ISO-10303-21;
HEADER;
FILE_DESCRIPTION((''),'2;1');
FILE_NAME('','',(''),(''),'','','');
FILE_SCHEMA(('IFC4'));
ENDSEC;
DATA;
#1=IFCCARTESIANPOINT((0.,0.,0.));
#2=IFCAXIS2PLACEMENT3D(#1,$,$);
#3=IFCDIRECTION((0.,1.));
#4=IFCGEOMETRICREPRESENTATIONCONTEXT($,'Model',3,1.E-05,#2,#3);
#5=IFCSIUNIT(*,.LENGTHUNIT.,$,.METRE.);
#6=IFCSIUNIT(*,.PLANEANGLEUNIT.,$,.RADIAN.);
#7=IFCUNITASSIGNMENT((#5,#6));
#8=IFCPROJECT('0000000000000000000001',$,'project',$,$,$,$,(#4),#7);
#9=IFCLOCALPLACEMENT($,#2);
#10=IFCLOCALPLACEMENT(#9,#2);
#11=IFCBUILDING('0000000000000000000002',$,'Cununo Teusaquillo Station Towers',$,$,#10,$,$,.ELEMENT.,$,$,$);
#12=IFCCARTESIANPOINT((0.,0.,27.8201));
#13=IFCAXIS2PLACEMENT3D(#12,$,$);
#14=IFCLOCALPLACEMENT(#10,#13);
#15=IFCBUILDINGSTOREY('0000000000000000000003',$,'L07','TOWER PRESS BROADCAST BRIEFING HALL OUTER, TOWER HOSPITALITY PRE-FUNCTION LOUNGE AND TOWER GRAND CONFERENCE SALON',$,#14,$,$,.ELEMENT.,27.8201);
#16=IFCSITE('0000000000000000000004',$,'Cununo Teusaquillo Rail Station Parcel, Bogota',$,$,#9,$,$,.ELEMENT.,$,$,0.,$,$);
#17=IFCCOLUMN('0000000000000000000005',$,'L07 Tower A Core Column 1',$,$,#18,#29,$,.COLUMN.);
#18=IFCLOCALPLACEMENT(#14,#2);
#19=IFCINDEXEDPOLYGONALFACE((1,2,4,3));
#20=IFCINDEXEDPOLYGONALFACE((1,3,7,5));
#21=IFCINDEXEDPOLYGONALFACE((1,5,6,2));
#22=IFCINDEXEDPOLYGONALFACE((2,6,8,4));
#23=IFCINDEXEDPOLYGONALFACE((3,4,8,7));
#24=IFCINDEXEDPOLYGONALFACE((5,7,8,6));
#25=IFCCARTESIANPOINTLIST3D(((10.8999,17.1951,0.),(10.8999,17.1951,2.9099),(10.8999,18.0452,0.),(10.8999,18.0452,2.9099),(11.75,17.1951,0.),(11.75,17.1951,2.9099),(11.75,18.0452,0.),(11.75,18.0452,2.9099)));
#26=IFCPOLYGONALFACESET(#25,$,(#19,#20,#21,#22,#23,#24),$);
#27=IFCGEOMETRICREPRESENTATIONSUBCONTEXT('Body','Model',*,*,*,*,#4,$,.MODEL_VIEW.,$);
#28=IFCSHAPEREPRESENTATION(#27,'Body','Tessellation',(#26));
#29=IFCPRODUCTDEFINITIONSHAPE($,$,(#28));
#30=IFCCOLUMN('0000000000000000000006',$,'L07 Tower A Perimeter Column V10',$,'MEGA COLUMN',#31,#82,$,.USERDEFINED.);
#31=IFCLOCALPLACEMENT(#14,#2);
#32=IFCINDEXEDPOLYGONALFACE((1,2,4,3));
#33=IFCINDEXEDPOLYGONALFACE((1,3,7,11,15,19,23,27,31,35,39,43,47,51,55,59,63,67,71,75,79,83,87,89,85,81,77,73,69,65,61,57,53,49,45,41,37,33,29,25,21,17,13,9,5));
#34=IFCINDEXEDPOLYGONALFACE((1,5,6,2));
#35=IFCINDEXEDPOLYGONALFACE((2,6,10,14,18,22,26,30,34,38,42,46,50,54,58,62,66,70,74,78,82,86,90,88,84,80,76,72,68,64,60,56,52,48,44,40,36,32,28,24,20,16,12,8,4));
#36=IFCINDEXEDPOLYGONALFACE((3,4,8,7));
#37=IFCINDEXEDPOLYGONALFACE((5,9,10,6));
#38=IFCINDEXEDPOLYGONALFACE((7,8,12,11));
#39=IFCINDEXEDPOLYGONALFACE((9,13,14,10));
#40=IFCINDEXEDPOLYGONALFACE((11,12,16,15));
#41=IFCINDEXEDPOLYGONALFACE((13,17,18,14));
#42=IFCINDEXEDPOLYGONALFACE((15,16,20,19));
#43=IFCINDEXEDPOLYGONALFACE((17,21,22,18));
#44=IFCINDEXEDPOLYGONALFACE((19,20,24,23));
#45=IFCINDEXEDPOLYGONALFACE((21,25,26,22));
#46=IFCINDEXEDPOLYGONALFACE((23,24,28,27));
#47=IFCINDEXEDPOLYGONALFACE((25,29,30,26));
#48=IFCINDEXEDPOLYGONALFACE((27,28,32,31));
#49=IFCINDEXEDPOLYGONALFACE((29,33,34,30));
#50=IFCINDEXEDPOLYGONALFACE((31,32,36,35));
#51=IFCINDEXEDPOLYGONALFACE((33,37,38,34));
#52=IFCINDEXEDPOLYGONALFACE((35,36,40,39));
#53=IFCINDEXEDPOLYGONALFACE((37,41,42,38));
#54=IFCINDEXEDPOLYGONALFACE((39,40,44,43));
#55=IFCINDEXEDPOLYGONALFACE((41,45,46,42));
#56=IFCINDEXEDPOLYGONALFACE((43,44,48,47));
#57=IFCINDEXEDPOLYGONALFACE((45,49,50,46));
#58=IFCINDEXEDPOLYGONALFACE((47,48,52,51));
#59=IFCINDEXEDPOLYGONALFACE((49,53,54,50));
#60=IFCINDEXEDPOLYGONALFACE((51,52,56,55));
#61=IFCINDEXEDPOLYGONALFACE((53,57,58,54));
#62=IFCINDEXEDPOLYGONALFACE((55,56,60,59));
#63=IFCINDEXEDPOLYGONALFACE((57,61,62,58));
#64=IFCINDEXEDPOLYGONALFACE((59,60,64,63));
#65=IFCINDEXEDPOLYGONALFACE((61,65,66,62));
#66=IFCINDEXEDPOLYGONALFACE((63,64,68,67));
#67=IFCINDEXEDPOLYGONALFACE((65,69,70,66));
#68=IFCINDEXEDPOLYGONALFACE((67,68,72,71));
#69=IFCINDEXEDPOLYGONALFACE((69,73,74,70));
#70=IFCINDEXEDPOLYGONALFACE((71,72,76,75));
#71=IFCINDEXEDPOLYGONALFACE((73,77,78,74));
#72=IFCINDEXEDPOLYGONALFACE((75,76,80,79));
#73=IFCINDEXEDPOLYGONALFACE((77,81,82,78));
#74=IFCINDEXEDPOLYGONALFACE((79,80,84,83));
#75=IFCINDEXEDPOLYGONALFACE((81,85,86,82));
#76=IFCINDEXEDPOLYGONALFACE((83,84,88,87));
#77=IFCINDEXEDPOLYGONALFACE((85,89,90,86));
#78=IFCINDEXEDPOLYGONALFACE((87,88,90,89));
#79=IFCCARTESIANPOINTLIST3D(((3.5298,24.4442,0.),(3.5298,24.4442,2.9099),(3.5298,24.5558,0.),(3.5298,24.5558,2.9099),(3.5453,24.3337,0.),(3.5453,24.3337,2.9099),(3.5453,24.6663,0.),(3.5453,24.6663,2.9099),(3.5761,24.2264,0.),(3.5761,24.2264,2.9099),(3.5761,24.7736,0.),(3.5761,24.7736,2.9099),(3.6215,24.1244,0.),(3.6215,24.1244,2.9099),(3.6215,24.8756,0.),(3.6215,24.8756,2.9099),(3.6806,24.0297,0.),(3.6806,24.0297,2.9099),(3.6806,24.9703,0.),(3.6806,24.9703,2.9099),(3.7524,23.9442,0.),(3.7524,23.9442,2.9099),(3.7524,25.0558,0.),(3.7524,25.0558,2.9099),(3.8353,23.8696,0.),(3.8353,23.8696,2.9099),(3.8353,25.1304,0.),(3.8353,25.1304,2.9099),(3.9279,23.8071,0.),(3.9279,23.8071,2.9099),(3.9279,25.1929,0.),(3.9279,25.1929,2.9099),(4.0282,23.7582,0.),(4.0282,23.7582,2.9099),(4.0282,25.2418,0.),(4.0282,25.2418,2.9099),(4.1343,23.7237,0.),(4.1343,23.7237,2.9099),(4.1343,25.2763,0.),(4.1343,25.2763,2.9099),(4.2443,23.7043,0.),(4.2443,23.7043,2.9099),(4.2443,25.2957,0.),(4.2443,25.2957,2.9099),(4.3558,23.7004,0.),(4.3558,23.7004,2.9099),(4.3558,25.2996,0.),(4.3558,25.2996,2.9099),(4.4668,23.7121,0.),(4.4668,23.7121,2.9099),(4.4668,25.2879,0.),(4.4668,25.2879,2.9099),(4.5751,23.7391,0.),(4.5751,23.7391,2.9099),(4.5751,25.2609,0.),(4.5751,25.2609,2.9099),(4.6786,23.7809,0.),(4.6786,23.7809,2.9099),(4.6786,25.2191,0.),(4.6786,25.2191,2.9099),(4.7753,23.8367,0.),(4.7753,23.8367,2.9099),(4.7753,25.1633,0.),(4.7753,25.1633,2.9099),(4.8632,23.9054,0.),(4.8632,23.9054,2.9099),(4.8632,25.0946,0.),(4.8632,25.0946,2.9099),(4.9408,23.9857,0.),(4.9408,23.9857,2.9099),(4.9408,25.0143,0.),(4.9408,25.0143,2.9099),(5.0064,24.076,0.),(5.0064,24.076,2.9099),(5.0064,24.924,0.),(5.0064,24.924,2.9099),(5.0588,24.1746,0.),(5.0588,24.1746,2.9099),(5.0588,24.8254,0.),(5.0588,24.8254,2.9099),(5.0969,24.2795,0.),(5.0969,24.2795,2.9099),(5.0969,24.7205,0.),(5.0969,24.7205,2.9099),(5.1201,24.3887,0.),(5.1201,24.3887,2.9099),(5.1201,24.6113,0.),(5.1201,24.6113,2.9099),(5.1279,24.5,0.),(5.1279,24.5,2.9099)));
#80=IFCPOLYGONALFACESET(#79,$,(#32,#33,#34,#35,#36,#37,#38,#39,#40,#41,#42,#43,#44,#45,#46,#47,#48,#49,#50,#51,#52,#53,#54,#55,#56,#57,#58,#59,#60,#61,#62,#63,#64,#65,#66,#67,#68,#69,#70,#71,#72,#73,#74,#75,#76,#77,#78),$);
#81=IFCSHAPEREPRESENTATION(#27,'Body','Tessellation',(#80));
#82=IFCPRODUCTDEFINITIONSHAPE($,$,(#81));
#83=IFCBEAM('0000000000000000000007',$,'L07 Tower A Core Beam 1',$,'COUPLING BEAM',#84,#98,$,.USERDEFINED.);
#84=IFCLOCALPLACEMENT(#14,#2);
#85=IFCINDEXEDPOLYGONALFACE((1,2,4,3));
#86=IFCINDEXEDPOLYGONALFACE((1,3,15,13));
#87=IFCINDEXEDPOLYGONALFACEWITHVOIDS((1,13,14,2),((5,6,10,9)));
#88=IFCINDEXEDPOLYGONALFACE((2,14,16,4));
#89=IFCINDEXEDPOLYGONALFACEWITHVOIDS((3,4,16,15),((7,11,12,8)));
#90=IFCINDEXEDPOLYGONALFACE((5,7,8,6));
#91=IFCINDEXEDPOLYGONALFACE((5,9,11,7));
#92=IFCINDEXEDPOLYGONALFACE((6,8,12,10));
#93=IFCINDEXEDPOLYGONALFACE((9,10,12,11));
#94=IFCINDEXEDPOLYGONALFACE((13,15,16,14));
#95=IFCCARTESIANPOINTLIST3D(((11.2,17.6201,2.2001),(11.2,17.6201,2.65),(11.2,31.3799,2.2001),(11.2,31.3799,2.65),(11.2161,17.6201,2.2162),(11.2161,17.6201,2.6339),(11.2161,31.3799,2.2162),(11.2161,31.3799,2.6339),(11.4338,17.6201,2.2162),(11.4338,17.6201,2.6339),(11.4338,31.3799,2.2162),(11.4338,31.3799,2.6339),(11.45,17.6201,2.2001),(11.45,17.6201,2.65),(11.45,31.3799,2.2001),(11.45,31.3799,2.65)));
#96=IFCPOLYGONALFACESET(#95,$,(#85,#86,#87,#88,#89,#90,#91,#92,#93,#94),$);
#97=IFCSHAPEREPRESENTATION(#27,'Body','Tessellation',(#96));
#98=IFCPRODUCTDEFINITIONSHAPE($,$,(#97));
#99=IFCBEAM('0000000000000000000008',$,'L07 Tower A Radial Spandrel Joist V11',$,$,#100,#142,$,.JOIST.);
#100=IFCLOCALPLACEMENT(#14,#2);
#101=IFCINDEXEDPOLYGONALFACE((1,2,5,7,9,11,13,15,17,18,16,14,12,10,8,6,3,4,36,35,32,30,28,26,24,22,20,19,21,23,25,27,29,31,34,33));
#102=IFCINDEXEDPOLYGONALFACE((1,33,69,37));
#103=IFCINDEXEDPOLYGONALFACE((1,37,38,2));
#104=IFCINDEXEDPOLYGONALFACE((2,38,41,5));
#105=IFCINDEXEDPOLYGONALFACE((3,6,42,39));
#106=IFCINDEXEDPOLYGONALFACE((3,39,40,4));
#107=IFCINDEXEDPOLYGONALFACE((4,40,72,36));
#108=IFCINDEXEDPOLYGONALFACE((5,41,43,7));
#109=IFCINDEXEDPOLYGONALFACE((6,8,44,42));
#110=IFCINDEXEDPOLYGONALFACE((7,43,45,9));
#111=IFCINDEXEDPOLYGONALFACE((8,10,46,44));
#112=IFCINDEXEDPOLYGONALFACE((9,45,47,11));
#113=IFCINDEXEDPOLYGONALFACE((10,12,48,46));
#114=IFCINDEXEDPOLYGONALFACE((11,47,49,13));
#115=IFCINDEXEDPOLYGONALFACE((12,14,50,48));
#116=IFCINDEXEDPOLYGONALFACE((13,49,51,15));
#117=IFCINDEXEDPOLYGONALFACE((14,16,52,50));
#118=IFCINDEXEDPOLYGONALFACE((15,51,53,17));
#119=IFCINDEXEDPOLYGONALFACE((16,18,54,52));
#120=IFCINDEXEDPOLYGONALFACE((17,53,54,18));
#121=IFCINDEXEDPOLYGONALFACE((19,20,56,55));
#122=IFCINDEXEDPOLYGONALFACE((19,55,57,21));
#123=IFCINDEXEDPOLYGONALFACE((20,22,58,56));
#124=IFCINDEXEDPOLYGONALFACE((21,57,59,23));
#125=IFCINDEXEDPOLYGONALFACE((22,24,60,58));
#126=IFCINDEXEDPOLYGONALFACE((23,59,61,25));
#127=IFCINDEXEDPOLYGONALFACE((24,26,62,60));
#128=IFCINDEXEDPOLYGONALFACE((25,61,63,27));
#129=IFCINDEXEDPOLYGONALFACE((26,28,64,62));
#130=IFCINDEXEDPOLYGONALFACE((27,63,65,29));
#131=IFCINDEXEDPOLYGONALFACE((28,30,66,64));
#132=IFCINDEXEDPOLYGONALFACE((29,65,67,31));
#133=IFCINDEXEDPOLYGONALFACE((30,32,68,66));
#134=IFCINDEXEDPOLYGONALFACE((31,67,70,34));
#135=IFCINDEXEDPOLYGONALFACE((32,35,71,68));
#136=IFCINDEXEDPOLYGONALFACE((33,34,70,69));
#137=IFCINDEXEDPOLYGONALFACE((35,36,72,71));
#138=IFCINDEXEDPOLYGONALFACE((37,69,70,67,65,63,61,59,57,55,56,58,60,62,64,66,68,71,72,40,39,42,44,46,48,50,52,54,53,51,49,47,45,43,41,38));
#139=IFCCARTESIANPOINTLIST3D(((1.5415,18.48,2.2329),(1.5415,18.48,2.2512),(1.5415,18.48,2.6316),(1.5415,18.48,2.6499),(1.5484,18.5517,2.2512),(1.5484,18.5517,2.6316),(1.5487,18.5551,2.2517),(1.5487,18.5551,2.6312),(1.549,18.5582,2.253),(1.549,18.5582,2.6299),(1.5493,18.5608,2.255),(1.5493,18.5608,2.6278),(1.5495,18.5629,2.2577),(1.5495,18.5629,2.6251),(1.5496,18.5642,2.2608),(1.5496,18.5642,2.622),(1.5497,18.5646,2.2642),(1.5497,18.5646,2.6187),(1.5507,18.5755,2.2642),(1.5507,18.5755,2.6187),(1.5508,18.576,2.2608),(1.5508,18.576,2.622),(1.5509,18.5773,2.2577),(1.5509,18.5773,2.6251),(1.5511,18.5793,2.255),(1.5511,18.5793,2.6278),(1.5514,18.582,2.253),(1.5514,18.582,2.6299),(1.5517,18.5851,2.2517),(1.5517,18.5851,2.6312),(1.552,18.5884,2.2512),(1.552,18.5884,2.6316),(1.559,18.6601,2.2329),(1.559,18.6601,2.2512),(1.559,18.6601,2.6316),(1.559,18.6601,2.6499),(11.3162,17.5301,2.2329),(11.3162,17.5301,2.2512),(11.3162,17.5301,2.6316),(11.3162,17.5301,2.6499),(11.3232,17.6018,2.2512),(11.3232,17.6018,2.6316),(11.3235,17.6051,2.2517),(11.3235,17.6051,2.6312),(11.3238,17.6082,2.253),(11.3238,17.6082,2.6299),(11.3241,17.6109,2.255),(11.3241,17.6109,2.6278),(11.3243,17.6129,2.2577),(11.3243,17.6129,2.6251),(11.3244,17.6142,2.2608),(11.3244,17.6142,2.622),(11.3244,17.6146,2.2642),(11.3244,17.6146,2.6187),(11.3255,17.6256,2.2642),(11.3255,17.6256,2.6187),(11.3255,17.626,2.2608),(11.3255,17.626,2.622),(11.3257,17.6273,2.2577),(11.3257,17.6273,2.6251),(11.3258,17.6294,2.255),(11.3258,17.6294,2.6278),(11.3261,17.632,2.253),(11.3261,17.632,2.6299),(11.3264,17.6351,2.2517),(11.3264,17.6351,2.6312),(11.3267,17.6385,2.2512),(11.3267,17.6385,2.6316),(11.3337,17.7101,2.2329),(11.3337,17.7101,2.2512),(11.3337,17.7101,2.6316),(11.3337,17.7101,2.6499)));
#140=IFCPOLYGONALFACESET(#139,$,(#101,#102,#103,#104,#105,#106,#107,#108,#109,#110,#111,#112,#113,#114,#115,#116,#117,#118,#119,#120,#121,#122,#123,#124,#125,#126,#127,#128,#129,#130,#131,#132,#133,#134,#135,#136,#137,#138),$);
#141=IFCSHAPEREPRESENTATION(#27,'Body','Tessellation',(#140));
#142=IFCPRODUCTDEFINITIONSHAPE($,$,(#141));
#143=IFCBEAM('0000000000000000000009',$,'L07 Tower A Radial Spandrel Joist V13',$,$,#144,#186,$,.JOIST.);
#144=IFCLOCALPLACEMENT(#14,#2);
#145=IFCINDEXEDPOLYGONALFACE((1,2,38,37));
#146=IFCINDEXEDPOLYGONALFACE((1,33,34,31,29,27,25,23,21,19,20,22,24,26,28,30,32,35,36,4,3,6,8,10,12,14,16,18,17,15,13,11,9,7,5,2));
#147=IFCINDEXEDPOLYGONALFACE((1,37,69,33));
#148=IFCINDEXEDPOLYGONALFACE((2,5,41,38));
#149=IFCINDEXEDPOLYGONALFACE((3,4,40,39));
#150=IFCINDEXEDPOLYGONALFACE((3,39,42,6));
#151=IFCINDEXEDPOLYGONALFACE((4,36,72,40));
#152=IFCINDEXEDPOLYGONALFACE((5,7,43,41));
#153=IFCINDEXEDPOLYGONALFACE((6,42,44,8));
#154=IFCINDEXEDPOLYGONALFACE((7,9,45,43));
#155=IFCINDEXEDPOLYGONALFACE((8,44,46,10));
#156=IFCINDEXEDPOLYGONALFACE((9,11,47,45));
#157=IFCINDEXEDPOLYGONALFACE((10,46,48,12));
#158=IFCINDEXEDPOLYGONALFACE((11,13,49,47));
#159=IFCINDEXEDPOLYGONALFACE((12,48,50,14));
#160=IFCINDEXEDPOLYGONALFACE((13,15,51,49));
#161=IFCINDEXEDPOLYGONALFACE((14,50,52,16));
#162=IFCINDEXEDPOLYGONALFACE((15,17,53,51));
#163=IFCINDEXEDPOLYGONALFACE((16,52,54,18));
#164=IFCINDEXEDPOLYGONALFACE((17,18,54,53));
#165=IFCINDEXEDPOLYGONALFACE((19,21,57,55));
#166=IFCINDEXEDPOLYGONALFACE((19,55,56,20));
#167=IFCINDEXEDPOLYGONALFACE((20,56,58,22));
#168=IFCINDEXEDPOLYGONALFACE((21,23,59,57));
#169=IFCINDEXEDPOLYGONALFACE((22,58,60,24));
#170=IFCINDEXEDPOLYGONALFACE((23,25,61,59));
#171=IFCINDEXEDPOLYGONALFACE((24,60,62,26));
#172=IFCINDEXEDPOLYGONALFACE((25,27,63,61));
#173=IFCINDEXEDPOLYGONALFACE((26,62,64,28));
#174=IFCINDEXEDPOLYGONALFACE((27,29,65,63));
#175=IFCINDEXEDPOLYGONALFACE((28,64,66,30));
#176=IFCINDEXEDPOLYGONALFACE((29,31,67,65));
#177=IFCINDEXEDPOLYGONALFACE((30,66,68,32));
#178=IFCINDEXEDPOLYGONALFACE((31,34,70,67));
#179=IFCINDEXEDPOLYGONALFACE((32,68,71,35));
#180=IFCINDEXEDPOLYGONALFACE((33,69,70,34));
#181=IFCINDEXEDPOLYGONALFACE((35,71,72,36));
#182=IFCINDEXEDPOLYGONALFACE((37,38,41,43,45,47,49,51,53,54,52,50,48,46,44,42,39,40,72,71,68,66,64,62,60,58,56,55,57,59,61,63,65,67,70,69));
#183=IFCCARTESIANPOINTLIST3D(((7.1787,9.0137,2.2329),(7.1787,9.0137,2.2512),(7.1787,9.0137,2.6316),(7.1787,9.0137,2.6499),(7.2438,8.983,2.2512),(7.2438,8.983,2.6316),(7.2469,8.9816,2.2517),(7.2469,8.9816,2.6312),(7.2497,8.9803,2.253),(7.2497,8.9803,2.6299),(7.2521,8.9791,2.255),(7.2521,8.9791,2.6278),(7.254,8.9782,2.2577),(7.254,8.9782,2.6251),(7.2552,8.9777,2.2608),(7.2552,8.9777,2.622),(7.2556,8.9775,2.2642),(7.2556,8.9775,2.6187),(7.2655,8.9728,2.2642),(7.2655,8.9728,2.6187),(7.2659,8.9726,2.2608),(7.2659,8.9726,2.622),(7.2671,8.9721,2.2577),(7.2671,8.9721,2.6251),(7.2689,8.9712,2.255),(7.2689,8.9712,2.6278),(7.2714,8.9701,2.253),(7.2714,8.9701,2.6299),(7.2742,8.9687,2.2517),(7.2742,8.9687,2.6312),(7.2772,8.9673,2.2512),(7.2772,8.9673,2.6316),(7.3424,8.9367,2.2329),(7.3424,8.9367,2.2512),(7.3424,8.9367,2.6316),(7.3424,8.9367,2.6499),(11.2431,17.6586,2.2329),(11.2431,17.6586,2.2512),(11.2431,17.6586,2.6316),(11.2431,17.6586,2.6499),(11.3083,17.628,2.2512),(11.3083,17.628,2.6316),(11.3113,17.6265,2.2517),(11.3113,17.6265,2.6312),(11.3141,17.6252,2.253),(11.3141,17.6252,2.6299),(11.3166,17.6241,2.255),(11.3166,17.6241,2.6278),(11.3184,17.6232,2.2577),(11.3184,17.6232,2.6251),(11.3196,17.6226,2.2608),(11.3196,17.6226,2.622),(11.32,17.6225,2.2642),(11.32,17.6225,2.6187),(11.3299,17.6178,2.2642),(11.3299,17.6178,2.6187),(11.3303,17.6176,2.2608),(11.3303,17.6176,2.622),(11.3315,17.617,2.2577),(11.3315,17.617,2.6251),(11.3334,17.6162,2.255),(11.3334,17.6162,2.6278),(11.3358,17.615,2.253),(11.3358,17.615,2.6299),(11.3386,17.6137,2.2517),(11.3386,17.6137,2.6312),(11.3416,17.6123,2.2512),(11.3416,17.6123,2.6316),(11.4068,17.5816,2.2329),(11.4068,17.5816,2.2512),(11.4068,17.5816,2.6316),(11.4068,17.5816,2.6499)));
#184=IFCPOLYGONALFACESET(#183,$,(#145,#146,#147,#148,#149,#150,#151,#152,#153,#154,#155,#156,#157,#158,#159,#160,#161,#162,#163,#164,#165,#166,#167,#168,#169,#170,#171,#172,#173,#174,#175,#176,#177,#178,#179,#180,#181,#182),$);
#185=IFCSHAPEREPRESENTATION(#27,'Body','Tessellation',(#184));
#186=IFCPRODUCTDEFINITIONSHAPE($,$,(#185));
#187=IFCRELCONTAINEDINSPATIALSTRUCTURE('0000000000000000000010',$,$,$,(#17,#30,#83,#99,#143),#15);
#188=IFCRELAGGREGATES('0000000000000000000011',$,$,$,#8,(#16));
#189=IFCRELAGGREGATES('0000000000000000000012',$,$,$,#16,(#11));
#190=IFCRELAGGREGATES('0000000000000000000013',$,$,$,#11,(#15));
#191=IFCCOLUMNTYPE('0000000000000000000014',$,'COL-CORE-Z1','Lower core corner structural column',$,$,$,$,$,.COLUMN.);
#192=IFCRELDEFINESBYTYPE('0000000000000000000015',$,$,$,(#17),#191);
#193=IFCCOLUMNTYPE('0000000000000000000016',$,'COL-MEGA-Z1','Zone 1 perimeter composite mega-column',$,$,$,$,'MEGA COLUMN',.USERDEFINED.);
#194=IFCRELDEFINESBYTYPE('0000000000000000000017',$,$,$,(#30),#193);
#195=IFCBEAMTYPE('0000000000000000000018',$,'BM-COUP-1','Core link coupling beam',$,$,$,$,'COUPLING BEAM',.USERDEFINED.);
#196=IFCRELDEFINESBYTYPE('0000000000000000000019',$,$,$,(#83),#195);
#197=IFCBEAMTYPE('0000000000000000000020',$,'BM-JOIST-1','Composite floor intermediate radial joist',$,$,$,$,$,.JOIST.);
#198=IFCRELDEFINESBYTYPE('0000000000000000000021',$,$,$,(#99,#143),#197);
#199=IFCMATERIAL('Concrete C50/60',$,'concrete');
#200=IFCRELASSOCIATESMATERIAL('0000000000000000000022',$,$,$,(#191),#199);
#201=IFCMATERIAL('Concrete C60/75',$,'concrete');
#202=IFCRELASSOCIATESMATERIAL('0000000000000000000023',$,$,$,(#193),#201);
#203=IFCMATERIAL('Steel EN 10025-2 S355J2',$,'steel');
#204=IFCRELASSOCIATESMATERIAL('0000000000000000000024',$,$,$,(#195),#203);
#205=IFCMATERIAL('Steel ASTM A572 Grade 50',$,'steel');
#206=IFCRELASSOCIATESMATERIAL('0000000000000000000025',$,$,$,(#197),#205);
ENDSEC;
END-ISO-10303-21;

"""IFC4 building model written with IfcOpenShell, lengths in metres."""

from ifc_helpers import new_model, si_unit, direction, frame, origin, origin_2d, place, context, subcontext, project, spatial, rectangle, hollow_rectangle, circle, i_section, extrude, material, material_profile, profile_set, type_object, element, save


model = new_model("IFC4")

# Units and contexts
model_context = context("Model", 3, precision=1e-05, world=origin(), true_north=direction((0.0, 1.0)))
body_context = subcontext(model_context, "Body", "Model", "MODEL_VIEW")
ifc_project = project(units=[si_unit("LENGTHUNIT", "METRE"), si_unit("PLANEANGLEUNIT", "RADIAN")], contexts=[model_context])

# Site, building, storey
site_placement = place(None, origin())
site = spatial("IfcSite", under=ifc_project, at=site_placement, Name="Cununo Teusaquillo Rail Station Parcel, Bogota", CompositionType="ELEMENT", RefElevation=0.0)
building_placement = place(site_placement, origin())
building = spatial("IfcBuilding", under=site, at=building_placement, Name="Cununo Teusaquillo Station Towers", CompositionType="ELEMENT")
storey_placement = place(building_placement, frame((0.0, 0.0, 27.8201)))
storey = spatial("IfcBuildingStorey", under=building, at=storey_placement, Name="L07", Description="TOWER PRESS BROADCAST BRIEFING HALL OUTER, TOWER HOSPITALITY PRE-FUNCTION LOUNGE AND TOWER GRAND CONFERENCE SALON", CompositionType="ELEMENT", Elevation=27.8201)

# Columns
ifc_material_1 = material(Name="Concrete C50/60", Category="concrete")
ifc_material_profile_1 = material_profile(ifc_material_1, rectangle(XDim=0.8501, YDim=0.8501, at=origin_2d()), Name="RC-RECT-850x850")
ifc_profile_set_1 = profile_set([ifc_material_profile_1], Name="Concrete C50/60")
column_type_1 = type_object("IfcColumnType", Name="COL-CORE-Z1", Description="Lower core corner structural column", PredefinedType="COLUMN", material=ifc_profile_set_1)
column_1_placement = place(storey_placement, frame((11.325, 17.6201, 0.0), z_axis=(0.0, 0.0, 1.0), x_axis=(1.0, 0.0, 0.0)))
element("IfcColumn", 1, at=column_1_placement, inside=storey, type_object=column_type_1, Name="L07 Tower A Core Column 1", PredefinedType="COLUMN", context=body_context, shape_type="SweptSolid", body=[
    extrude(rectangle(XDim=0.8501, YDim=0.8501, at=origin_2d()), origin(), (0.0, 0.0, 1.0), 2.9099),
])
ifc_material_2 = material(Name="Concrete C60/75", Category="concrete")
ifc_material_profile_2 = material_profile(ifc_material_2, circle(Radius=0.8, at=origin_2d()), Name="RC-CIRC-1600")
ifc_profile_set_2 = profile_set([ifc_material_profile_2], Name="Concrete C60/75")
column_type_2 = type_object("IfcColumnType", Name="COL-MEGA-Z1", Description="Zone 1 perimeter composite mega-column", ElementType="MEGA COLUMN", PredefinedType="USERDEFINED", material=ifc_profile_set_2)
column_2_placement = place(storey_placement, frame((4.3279, 24.5, 0.0), z_axis=(0.0, 0.0, 1.0), x_axis=(1.0, 0.0, 0.0)))
element("IfcColumn", 2, at=column_2_placement, inside=storey, type_object=column_type_2, Name="L07 Tower A Perimeter Column V10", ObjectType="MEGA COLUMN", PredefinedType="USERDEFINED", context=body_context, shape_type="SweptSolid", body=[
    extrude(circle(Radius=0.8, at=origin_2d()), origin(), (0.0, 0.0, 1.0), 2.9099),
])

# Beams
ifc_material_3 = material(Name="Steel EN 10025-2 S355J2", Category="steel")
ifc_material_profile_3 = material_profile(ifc_material_3, hollow_rectangle(XDim=0.25, YDim=0.45, WallThickness=0.0161, at=origin_2d()), Name="RHS 450x250x16")
ifc_profile_set_3 = profile_set([ifc_material_profile_3], Name="Steel EN 10025-2 S355J2")
beam_type_1 = type_object("IfcBeamType", Name="BM-COUP-1", Description="Core link coupling beam", ElementType="COUPLING BEAM", PredefinedType="USERDEFINED", material=ifc_profile_set_3)
beam_1_placement = place(storey_placement, frame((11.325, 17.6201, 2.425), z_axis=(0.0, 1.0, 0.0), x_axis=(-1.0, 0.0, 0.0)))
element("IfcBeam", 3, at=beam_1_placement, inside=storey, type_object=beam_type_1, Name="L07 Tower A Core Beam 1", ObjectType="COUPLING BEAM", PredefinedType="USERDEFINED", context=body_context, shape_type="SweptSolid", body=[
    extrude(hollow_rectangle(XDim=0.25, YDim=0.45, WallThickness=0.0161, at=origin_2d()), origin(), (0.0, 0.0, 1.0), 13.7598),
])
ifc_material_4 = material(Name="Steel ASTM A572 Grade 50", Category="steel")
ifc_material_profile_4 = material_profile(ifc_material_4, i_section(OverallWidth=0.1809, OverallDepth=0.417, WebThickness=0.011, FlangeThickness=0.0183, FilletRadius=0.0129, at=origin_2d()), Name="W16X57")
ifc_profile_set_4 = profile_set([ifc_material_profile_4], Name="Steel ASTM A572 Grade 50")
beam_type_2 = type_object("IfcBeamType", Name="BM-JOIST-1", Description="Composite floor intermediate radial joist", PredefinedType="JOIST", material=ifc_profile_set_4)
beam_2_placement = place(storey_placement, frame((11.325, 17.6201, 2.4414), z_axis=(-0.995311, 0.096729, 0.0), x_axis=(-0.096729, -0.995311, 0.0)))
element("IfcBeam", 4, at=beam_2_placement, inside=storey, type_object=beam_type_2, Name="L07 Tower A Radial Spandrel Joist V11", PredefinedType="JOIST", context=body_context, shape_type="SweptSolid", body=[
    extrude(i_section(OverallWidth=0.1809, OverallDepth=0.417, WebThickness=0.011, FlangeThickness=0.0183, FilletRadius=0.0129, at=origin_2d()), origin(), (0.0, 0.0, 1.0), 9.8208),
])
beam_3_placement = place(storey_placement, frame((11.325, 17.6201, 2.4414), z_axis=(-0.425472, -0.904972, 0.0), x_axis=(0.904972, -0.425472, 0.0)))
element("IfcBeam", 5, at=beam_3_placement, inside=storey, type_object=beam_type_2, Name="L07 Tower A Radial Spandrel Joist V13", PredefinedType="JOIST", context=body_context, shape_type="SweptSolid", body=[
    extrude(i_section(OverallWidth=0.1809, OverallDepth=0.417, WebThickness=0.011, FlangeThickness=0.0183, FilletRadius=0.0129, at=origin_2d()), origin(), (0.0, 0.0, 1.0), 9.5527),
])

save(model, "model.ifc")
